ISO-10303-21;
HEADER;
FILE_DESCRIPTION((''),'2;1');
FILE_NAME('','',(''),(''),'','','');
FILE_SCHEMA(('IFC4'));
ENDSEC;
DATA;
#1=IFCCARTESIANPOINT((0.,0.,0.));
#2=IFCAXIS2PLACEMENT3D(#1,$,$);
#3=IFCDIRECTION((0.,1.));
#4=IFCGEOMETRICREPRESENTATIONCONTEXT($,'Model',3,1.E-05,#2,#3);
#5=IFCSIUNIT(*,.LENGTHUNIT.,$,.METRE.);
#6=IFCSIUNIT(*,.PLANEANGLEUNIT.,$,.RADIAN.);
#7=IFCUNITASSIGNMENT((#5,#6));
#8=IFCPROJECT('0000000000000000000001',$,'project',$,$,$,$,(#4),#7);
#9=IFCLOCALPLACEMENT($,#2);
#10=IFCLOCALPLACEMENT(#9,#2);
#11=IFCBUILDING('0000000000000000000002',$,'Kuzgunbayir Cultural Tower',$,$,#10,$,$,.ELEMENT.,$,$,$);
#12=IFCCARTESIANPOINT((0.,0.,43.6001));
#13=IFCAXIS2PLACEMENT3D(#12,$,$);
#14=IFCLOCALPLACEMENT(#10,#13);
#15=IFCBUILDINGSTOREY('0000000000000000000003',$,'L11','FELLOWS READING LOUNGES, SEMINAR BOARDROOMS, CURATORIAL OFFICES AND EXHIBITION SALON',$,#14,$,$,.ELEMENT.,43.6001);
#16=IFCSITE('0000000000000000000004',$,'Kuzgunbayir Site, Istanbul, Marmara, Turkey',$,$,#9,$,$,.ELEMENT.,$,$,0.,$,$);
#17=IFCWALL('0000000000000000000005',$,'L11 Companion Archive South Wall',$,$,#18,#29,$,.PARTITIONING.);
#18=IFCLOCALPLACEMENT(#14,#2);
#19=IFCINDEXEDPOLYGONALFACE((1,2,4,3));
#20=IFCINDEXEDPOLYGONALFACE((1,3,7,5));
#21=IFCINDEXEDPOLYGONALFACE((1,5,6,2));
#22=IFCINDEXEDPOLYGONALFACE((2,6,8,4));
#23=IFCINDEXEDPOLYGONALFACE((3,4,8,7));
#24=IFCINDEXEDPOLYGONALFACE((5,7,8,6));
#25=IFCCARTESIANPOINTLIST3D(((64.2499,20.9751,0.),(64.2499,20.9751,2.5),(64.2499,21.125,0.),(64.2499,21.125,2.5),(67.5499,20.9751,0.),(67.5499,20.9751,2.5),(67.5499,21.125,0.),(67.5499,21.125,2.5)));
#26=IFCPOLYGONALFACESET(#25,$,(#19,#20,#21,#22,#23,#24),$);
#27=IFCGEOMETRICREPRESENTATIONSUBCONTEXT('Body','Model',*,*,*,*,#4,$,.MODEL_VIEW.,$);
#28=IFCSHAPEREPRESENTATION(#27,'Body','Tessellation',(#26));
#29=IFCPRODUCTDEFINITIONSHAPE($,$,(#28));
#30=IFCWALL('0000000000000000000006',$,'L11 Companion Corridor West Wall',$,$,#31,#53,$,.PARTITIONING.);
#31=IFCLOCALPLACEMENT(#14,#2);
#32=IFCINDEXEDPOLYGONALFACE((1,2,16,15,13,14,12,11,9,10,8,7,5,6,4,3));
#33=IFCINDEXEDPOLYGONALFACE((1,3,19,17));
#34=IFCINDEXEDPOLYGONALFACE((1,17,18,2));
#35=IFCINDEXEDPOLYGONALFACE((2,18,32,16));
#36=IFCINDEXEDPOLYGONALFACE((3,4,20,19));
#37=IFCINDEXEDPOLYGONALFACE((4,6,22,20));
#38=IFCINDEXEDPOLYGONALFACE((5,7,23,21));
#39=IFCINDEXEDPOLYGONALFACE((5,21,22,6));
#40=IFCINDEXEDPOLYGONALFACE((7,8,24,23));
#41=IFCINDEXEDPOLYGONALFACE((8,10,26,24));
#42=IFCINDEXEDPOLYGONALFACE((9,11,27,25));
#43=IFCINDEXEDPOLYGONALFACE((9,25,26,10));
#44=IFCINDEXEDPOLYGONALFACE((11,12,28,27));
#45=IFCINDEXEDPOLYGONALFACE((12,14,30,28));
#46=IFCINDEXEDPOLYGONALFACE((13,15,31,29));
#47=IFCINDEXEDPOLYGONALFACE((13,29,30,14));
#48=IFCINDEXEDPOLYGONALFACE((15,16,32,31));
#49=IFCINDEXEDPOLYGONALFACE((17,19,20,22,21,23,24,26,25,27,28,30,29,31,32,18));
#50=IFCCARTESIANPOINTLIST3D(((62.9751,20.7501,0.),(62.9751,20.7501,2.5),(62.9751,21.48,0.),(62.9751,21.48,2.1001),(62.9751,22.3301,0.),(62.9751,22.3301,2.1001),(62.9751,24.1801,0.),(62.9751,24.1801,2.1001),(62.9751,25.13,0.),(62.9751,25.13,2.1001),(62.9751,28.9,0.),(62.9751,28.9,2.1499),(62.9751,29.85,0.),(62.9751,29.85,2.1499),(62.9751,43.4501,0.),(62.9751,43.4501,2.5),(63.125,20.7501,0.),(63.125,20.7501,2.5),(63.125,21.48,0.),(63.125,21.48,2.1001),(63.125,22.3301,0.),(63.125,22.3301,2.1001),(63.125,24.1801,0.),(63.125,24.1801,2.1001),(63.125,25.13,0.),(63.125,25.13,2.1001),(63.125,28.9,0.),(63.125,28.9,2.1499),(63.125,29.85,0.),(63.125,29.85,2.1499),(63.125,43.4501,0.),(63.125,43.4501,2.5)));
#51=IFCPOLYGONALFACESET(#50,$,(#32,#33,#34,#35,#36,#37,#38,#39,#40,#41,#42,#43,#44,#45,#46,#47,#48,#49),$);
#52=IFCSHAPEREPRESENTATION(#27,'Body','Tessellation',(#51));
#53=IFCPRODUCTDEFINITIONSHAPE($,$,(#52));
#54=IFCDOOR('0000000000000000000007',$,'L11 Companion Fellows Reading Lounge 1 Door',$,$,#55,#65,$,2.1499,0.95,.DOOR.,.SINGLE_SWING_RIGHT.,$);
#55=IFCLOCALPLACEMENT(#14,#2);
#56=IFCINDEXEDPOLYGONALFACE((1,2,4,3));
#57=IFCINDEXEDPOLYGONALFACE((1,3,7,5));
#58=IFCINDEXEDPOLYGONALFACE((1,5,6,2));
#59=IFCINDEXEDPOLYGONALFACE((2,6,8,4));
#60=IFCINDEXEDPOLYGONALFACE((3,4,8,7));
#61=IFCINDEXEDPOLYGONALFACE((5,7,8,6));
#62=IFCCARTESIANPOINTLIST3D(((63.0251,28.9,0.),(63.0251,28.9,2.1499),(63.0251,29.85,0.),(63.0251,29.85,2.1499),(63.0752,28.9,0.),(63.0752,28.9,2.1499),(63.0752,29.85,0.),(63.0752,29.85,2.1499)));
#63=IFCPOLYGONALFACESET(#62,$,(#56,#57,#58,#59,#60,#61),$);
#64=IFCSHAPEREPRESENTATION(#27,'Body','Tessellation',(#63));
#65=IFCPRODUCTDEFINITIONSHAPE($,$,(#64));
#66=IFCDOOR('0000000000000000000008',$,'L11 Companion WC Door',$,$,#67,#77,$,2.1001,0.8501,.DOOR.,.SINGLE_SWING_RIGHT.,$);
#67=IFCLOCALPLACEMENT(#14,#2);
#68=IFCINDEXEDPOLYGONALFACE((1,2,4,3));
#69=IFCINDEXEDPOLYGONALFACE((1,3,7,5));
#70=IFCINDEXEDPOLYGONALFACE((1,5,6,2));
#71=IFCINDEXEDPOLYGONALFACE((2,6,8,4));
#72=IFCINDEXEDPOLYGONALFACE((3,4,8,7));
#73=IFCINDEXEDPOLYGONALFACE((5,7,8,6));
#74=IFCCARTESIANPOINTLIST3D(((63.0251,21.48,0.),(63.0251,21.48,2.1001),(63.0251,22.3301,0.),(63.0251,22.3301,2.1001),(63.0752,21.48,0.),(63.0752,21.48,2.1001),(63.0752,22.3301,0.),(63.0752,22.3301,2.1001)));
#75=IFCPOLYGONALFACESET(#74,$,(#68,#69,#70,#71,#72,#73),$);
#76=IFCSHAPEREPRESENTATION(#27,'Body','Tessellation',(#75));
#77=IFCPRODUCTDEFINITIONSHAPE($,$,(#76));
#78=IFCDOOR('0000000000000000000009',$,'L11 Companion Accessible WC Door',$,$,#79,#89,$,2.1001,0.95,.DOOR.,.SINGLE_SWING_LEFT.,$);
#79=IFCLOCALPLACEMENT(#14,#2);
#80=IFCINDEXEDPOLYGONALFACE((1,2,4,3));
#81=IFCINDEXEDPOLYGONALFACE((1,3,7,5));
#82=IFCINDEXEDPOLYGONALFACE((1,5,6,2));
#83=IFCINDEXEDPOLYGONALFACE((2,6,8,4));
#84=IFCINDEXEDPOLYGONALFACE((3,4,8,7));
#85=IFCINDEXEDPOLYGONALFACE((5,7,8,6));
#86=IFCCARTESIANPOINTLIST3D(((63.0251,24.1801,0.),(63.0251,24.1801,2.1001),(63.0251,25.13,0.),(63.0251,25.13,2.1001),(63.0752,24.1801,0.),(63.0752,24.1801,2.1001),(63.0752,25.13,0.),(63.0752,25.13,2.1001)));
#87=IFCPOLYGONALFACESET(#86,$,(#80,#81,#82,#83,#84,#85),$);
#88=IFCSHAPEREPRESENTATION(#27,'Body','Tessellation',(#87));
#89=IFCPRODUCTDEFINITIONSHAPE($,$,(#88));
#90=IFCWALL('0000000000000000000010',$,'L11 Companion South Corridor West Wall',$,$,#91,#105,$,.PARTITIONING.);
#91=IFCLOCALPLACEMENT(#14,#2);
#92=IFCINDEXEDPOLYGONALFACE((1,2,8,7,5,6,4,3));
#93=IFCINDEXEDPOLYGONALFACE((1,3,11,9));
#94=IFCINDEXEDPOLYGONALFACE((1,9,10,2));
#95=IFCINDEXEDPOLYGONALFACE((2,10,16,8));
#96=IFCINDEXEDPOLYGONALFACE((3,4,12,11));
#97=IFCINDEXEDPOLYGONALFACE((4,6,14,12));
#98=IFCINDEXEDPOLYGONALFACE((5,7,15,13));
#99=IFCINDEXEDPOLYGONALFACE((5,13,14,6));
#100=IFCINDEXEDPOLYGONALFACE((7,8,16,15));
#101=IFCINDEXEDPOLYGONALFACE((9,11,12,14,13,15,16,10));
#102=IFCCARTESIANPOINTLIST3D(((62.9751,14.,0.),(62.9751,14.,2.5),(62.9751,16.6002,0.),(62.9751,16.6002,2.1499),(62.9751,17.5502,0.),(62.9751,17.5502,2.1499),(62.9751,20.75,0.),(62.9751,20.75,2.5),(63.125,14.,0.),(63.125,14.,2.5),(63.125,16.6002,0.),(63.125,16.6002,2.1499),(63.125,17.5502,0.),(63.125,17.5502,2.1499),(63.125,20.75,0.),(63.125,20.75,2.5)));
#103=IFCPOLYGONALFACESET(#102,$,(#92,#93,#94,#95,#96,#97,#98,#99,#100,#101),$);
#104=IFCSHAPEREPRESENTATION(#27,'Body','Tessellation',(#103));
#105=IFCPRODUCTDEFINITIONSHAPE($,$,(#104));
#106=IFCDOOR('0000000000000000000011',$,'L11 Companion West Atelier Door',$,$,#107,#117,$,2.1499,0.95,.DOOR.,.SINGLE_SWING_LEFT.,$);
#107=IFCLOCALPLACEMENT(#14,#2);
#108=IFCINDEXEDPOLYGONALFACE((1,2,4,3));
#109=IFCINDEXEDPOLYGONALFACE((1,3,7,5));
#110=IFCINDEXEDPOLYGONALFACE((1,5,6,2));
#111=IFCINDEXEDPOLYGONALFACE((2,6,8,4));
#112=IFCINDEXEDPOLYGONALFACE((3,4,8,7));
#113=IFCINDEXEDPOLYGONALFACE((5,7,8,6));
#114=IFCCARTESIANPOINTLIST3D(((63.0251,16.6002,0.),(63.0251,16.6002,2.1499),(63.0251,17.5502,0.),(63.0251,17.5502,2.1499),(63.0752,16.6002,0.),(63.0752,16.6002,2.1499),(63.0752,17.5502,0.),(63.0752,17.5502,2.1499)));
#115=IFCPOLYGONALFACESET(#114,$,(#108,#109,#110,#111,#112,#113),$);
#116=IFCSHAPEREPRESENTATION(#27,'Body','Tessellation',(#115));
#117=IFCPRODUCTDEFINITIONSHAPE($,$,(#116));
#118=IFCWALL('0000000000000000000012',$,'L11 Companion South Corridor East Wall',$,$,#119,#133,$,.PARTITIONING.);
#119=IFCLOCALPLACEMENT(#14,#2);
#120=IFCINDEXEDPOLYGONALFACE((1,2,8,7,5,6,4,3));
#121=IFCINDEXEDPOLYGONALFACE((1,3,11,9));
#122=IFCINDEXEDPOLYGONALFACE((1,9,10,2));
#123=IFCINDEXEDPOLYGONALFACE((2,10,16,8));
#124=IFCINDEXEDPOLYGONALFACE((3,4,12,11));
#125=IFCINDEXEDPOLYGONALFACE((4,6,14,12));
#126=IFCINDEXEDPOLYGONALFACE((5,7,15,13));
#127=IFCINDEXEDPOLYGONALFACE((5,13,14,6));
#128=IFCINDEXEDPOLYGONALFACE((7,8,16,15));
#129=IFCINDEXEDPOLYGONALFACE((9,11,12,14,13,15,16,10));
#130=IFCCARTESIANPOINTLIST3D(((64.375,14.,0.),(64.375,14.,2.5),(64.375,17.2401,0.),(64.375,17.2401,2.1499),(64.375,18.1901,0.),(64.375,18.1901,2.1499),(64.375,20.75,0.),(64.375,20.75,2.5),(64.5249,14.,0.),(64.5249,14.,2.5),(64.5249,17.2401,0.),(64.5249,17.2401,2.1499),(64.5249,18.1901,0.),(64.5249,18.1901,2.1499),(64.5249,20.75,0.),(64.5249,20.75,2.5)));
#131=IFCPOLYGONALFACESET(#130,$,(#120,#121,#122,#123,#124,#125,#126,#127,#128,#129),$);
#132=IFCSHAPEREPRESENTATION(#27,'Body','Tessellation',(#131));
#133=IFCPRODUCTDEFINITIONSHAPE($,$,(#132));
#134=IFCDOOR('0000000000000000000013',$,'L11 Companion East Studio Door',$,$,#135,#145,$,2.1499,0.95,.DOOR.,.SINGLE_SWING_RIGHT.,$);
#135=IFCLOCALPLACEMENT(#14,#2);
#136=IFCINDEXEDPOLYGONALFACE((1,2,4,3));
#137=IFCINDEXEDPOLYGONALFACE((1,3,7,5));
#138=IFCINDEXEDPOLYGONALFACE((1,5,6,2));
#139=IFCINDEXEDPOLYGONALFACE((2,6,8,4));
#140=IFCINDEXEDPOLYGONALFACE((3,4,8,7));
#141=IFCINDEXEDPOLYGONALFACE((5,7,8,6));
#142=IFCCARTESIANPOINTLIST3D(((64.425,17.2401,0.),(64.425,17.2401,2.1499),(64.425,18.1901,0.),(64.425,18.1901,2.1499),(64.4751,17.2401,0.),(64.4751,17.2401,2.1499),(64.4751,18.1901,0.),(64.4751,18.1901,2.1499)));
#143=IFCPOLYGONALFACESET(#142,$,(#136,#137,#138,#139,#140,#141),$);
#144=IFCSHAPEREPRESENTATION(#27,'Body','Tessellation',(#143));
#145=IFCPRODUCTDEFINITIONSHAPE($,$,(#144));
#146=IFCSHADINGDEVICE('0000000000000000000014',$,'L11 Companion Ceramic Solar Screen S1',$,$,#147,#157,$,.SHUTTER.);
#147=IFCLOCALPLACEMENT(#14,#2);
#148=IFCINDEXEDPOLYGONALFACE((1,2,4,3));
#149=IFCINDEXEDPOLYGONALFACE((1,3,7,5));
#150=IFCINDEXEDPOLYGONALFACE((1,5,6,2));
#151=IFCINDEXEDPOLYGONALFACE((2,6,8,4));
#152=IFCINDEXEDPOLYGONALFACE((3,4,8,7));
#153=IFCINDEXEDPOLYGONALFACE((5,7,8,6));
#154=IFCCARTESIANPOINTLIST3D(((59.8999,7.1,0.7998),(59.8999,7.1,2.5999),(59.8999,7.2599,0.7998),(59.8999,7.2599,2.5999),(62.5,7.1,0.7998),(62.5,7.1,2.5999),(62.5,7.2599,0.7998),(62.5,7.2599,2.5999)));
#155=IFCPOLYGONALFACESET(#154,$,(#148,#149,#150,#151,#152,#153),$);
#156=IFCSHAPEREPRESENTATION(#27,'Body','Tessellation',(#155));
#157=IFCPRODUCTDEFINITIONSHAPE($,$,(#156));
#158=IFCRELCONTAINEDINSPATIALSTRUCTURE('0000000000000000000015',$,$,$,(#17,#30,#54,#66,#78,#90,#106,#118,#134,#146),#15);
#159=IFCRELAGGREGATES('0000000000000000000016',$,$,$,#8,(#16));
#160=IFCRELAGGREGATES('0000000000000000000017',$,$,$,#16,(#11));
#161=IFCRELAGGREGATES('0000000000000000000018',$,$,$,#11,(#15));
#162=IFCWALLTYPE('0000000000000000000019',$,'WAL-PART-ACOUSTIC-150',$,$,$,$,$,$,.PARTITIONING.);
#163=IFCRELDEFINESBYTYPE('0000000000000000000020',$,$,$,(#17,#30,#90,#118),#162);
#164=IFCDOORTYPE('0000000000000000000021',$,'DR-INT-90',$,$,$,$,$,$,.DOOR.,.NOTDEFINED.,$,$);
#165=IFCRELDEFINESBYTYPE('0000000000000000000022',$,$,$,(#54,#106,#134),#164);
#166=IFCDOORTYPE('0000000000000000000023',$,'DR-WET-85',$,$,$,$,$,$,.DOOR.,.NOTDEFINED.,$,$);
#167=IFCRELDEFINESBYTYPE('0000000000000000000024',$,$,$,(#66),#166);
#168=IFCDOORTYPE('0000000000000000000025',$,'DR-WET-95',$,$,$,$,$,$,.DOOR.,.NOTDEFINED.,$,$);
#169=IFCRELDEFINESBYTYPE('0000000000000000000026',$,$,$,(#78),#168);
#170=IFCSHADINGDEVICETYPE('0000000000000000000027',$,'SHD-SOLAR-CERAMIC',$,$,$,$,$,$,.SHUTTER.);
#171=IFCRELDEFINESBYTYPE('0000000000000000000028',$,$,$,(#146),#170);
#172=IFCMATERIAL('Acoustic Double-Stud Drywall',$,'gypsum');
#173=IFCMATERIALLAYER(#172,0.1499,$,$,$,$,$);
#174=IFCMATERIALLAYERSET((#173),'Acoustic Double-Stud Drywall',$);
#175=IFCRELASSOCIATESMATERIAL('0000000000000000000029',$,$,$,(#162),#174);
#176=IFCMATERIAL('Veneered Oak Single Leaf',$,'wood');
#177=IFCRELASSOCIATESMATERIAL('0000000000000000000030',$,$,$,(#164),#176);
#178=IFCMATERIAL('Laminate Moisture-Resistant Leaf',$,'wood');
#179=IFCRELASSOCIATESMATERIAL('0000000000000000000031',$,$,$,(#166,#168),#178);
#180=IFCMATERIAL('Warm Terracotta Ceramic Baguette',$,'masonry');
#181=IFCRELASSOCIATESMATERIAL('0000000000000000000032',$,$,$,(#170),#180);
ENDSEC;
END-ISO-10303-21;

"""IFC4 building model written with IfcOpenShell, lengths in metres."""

from ifc_helpers import new_model, si_unit, direction, frame, frame_2d, origin, origin_2d, place, context, subcontext, project, spatial, rectangle, extrude, material, layer, layer_set, type_object, element, fill, save


model = new_model("IFC4")

# Units and contexts
model_context = context("Model", 3, precision=1e-05, world=origin(), true_north=direction((0.0, 1.0)))
body_context = subcontext(model_context, "Body", "Model", "MODEL_VIEW")
ifc_project = project(units=[si_unit("LENGTHUNIT", "METRE"), si_unit("PLANEANGLEUNIT", "RADIAN")], contexts=[model_context])

# Site, building, storey
site_placement = place(None, origin())
site = spatial("IfcSite", under=ifc_project, at=site_placement, Name="Kuzgunbayir Site, Istanbul, Marmara, Turkey", CompositionType="ELEMENT", RefElevation=0.0)
building_placement = place(site_placement, origin())
building = spatial("IfcBuilding", under=site, at=building_placement, Name="Kuzgunbayir Cultural Tower", CompositionType="ELEMENT")
storey_placement = place(building_placement, frame((0.0, 0.0, 43.6001)))
storey = spatial("IfcBuildingStorey", under=building, at=storey_placement, Name="L11", Description="FELLOWS READING LOUNGES, SEMINAR BOARDROOMS, CURATORIAL OFFICES AND EXHIBITION SALON", CompositionType="ELEMENT", Elevation=43.6001)

# Shared definitions
ifc_material_1 = material(Name="Acoustic Double-Stud Drywall", Category="gypsum")
ifc_layer_1 = layer(ifc_material_1, 0.1499)
ifc_layer_set_1 = layer_set([ifc_layer_1], Name="Acoustic Double-Stud Drywall")
wall_type_1 = type_object("IfcWallType", Name="WAL-PART-ACOUSTIC-150", PredefinedType="PARTITIONING", material=ifc_layer_set_1)
ifc_material_2 = material(Name="Veneered Oak Single Leaf", Category="wood")
door_type_1 = type_object("IfcDoorType", Name="DR-INT-90", OperationType="NOTDEFINED", PredefinedType="DOOR", material=ifc_material_2)

# Wall
wall_1_placement = place(storey_placement, frame((64.25, 21.05, 0.0), z_axis=(0.0, 0.0, 1.0), x_axis=(1.0, 0.0, 0.0)))
element("IfcWall", 1, at=wall_1_placement, inside=storey, type_object=wall_type_1, Name="L11 Companion Archive South Wall", PredefinedType="PARTITIONING", context=body_context, shape_type="SweptSolid", body=[
    extrude(rectangle(XDim=3.3, YDim=0.1499, at=frame_2d((1.6499, 0.0))), origin(), (0.0, 0.0, 1.0), 2.5),
])

# Wall, openings, doors
wall_2_placement = place(storey_placement, frame((63.05, 20.75, 0.0), z_axis=(0.0, 0.0, 1.0), x_axis=(0.0, 1.0, 0.0)))
wall_2 = element("IfcWall", 2, at=wall_2_placement, inside=storey, type_object=wall_type_1, Name="L11 Companion Corridor West Wall", PredefinedType="PARTITIONING", context=body_context, shape_type="SweptSolid", body=[
    extrude(rectangle(XDim=22.7, YDim=0.1499, at=frame_2d((11.3501, 0.0))), origin(), (0.0, 0.0, 1.0), 2.5),
])
opening_1_placement = place(wall_2_placement, frame((0.73, 0.0, 0.0)))
opening_1 = element("IfcOpeningElement", 3, at=opening_1_placement, cuts=wall_2, PredefinedType="OPENING", context=body_context, shape_type="SweptSolid", body=[
    extrude(rectangle(XDim=0.8501, YDim=2.1001, at=frame_2d((0.425, 1.05))), frame((0.0, 0.085, 0.0), z_axis=(0.0, -1.0, 0.0), x_axis=(1.0, 0.0, 0.0)), (0.0, 0.0, 1.0), 0.1699),
])
opening_2_placement = place(wall_2_placement, frame((3.4299, 0.0, 0.0)))
opening_2 = element("IfcOpeningElement", 4, at=opening_2_placement, cuts=wall_2, PredefinedType="OPENING", context=body_context, shape_type="SweptSolid", body=[
    extrude(rectangle(XDim=0.95, YDim=2.1001, at=frame_2d((0.4751, 1.05))), frame((0.0, 0.085, 0.0), z_axis=(0.0, -1.0, 0.0), x_axis=(1.0, 0.0, 0.0)), (0.0, 0.0, 1.0), 0.1699),
])
opening_3_placement = place(wall_2_placement, frame((8.1499, 0.0, 0.0)))
opening_3 = element("IfcOpeningElement", 5, at=opening_3_placement, cuts=wall_2, PredefinedType="OPENING", context=body_context, shape_type="SweptSolid", body=[
    extrude(rectangle(XDim=0.95, YDim=2.1499, at=frame_2d((0.4751, 1.075))), frame((0.0, 0.085, 0.0), z_axis=(0.0, -1.0, 0.0), x_axis=(1.0, 0.0, 0.0)), (0.0, 0.0, 1.0), 0.1699),
])
door_1_placement = place(opening_3_placement, origin())
door_1 = element("IfcDoor", 6, at=door_1_placement, inside=storey, type_object=door_type_1, Name="L11 Companion Fellows Reading Lounge 1 Door", OperationType="SINGLE_SWING_RIGHT", OverallHeight=2.1499, OverallWidth=0.95, PredefinedType="DOOR", context=body_context, shape_type="SweptSolid", body=[
    extrude(rectangle(XDim=0.95, YDim=2.1499, at=frame_2d((0.4751, 1.075))), frame((0.0, 0.0249, 0.0), z_axis=(0.0, -1.0, 0.0), x_axis=(1.0, 0.0, 0.0)), (0.0, 0.0, 1.0), 0.05),
])
fill(opening_3, door_1)
ifc_material_3 = material(Name="Laminate Moisture-Resistant Leaf", Category="wood")
door_type_2 = type_object("IfcDoorType", Name="DR-WET-85", OperationType="NOTDEFINED", PredefinedType="DOOR", material=ifc_material_3)
door_2_placement = place(opening_1_placement, origin())
door_2 = element("IfcDoor", 7, at=door_2_placement, inside=storey, type_object=door_type_2, Name="L11 Companion WC Door", OperationType="SINGLE_SWING_RIGHT", OverallHeight=2.1001, OverallWidth=0.8501, PredefinedType="DOOR", context=body_context, shape_type="SweptSolid", body=[
    extrude(rectangle(XDim=0.8501, YDim=2.1001, at=frame_2d((0.425, 1.05))), frame((0.0, 0.0249, 0.0), z_axis=(0.0, -1.0, 0.0), x_axis=(1.0, 0.0, 0.0)), (0.0, 0.0, 1.0), 0.05),
])
fill(opening_1, door_2)
door_type_3 = type_object("IfcDoorType", Name="DR-WET-95", OperationType="NOTDEFINED", PredefinedType="DOOR", material=ifc_material_3)
door_3_placement = place(opening_2_placement, origin())
door_3 = element("IfcDoor", 8, at=door_3_placement, inside=storey, type_object=door_type_3, Name="L11 Companion Accessible WC Door", OperationType="SINGLE_SWING_LEFT", OverallHeight=2.1001, OverallWidth=0.95, PredefinedType="DOOR", context=body_context, shape_type="SweptSolid", body=[
    extrude(rectangle(XDim=0.95, YDim=2.1001, at=frame_2d((0.4751, 1.05))), frame((0.0, 0.0249, 0.0), z_axis=(0.0, -1.0, 0.0), x_axis=(1.0, 0.0, 0.0)), (0.0, 0.0, 1.0), 0.05),
])
fill(opening_2, door_3)

# Walls, openings, doors
wall_3_placement = place(storey_placement, frame((63.05, 14.0, 0.0), z_axis=(0.0, 0.0, 1.0), x_axis=(0.0, 1.0, 0.0)))
wall_3 = element("IfcWall", 9, at=wall_3_placement, inside=storey, type_object=wall_type_1, Name="L11 Companion South Corridor West Wall", PredefinedType="PARTITIONING", context=body_context, shape_type="SweptSolid", body=[
    extrude(rectangle(XDim=6.75, YDim=0.1499, at=frame_2d((3.375, 0.0))), origin(), (0.0, 0.0, 1.0), 2.5),
])
opening_4_placement = place(wall_3_placement, frame((2.6001, 0.0, 0.0)))
opening_4 = element("IfcOpeningElement", 10, at=opening_4_placement, cuts=wall_3, PredefinedType="OPENING", context=body_context, shape_type="SweptSolid", body=[
    extrude(rectangle(XDim=0.95, YDim=2.1499, at=frame_2d((0.4751, 1.075))), frame((0.0, 0.085, 0.0), z_axis=(0.0, -1.0, 0.0), x_axis=(1.0, 0.0, 0.0)), (0.0, 0.0, 1.0), 0.1699),
])
door_4_placement = place(opening_4_placement, origin())
door_4 = element("IfcDoor", 11, at=door_4_placement, inside=storey, type_object=door_type_1, Name="L11 Companion West Atelier Door", OperationType="SINGLE_SWING_LEFT", OverallHeight=2.1499, OverallWidth=0.95, PredefinedType="DOOR", context=body_context, shape_type="SweptSolid", body=[
    extrude(rectangle(XDim=0.95, YDim=2.1499, at=frame_2d((0.4751, 1.075))), frame((0.0, 0.0249, 0.0), z_axis=(0.0, -1.0, 0.0), x_axis=(1.0, 0.0, 0.0)), (0.0, 0.0, 1.0), 0.05),
])
fill(opening_4, door_4)
wall_4_placement = place(storey_placement, frame((64.45, 14.0, 0.0), z_axis=(0.0, 0.0, 1.0), x_axis=(0.0, 1.0, 0.0)))
wall_4 = element("IfcWall", 12, at=wall_4_placement, inside=storey, type_object=wall_type_1, Name="L11 Companion South Corridor East Wall", PredefinedType="PARTITIONING", context=body_context, shape_type="SweptSolid", body=[
    extrude(rectangle(XDim=6.75, YDim=0.1499, at=frame_2d((3.375, 0.0))), origin(), (0.0, 0.0, 1.0), 2.5),
])
opening_5_placement = place(wall_4_placement, frame((3.24, 0.0, 0.0)))
opening_5 = element("IfcOpeningElement", 13, at=opening_5_placement, cuts=wall_4, PredefinedType="OPENING", context=body_context, shape_type="SweptSolid", body=[
    extrude(rectangle(XDim=0.95, YDim=2.1499, at=frame_2d((0.4751, 1.075))), frame((0.0, 0.085, 0.0), z_axis=(0.0, -1.0, 0.0), x_axis=(1.0, 0.0, 0.0)), (0.0, 0.0, 1.0), 0.1699),
])
door_5_placement = place(opening_5_placement, origin())
door_5 = element("IfcDoor", 14, at=door_5_placement, inside=storey, type_object=door_type_1, Name="L11 Companion East Studio Door", OperationType="SINGLE_SWING_RIGHT", OverallHeight=2.1499, OverallWidth=0.95, PredefinedType="DOOR", context=body_context, shape_type="SweptSolid", body=[
    extrude(rectangle(XDim=0.95, YDim=2.1499, at=frame_2d((0.4751, 1.075))), frame((0.0, 0.0249, 0.0), z_axis=(0.0, -1.0, 0.0), x_axis=(1.0, 0.0, 0.0)), (0.0, 0.0, 1.0), 0.05),
])
fill(opening_5, door_5)

# Shading device
ifc_material_4 = material(Name="Warm Terracotta Ceramic Baguette", Category="masonry")
shading_device_type = type_object("IfcShadingDeviceType", Name="SHD-SOLAR-CERAMIC", PredefinedType="SHUTTER", material=ifc_material_4)
shading_device_placement = place(storey_placement, frame((61.2, 7.1799, 0.7998), z_axis=(0.0, 0.0, 1.0), x_axis=(1.0, 0.0, 0.0)))
element("IfcShadingDevice", 15, at=shading_device_placement, inside=storey, type_object=shading_device_type, Name="L11 Companion Ceramic Solar Screen S1", PredefinedType="SHUTTER", context=body_context, shape_type="SweptSolid", body=[
    extrude(rectangle(XDim=2.6001, YDim=0.1599, at=origin_2d()), origin(), (0.0, 0.0, 1.0), 1.8),
])

save(model, "model.ifc")
